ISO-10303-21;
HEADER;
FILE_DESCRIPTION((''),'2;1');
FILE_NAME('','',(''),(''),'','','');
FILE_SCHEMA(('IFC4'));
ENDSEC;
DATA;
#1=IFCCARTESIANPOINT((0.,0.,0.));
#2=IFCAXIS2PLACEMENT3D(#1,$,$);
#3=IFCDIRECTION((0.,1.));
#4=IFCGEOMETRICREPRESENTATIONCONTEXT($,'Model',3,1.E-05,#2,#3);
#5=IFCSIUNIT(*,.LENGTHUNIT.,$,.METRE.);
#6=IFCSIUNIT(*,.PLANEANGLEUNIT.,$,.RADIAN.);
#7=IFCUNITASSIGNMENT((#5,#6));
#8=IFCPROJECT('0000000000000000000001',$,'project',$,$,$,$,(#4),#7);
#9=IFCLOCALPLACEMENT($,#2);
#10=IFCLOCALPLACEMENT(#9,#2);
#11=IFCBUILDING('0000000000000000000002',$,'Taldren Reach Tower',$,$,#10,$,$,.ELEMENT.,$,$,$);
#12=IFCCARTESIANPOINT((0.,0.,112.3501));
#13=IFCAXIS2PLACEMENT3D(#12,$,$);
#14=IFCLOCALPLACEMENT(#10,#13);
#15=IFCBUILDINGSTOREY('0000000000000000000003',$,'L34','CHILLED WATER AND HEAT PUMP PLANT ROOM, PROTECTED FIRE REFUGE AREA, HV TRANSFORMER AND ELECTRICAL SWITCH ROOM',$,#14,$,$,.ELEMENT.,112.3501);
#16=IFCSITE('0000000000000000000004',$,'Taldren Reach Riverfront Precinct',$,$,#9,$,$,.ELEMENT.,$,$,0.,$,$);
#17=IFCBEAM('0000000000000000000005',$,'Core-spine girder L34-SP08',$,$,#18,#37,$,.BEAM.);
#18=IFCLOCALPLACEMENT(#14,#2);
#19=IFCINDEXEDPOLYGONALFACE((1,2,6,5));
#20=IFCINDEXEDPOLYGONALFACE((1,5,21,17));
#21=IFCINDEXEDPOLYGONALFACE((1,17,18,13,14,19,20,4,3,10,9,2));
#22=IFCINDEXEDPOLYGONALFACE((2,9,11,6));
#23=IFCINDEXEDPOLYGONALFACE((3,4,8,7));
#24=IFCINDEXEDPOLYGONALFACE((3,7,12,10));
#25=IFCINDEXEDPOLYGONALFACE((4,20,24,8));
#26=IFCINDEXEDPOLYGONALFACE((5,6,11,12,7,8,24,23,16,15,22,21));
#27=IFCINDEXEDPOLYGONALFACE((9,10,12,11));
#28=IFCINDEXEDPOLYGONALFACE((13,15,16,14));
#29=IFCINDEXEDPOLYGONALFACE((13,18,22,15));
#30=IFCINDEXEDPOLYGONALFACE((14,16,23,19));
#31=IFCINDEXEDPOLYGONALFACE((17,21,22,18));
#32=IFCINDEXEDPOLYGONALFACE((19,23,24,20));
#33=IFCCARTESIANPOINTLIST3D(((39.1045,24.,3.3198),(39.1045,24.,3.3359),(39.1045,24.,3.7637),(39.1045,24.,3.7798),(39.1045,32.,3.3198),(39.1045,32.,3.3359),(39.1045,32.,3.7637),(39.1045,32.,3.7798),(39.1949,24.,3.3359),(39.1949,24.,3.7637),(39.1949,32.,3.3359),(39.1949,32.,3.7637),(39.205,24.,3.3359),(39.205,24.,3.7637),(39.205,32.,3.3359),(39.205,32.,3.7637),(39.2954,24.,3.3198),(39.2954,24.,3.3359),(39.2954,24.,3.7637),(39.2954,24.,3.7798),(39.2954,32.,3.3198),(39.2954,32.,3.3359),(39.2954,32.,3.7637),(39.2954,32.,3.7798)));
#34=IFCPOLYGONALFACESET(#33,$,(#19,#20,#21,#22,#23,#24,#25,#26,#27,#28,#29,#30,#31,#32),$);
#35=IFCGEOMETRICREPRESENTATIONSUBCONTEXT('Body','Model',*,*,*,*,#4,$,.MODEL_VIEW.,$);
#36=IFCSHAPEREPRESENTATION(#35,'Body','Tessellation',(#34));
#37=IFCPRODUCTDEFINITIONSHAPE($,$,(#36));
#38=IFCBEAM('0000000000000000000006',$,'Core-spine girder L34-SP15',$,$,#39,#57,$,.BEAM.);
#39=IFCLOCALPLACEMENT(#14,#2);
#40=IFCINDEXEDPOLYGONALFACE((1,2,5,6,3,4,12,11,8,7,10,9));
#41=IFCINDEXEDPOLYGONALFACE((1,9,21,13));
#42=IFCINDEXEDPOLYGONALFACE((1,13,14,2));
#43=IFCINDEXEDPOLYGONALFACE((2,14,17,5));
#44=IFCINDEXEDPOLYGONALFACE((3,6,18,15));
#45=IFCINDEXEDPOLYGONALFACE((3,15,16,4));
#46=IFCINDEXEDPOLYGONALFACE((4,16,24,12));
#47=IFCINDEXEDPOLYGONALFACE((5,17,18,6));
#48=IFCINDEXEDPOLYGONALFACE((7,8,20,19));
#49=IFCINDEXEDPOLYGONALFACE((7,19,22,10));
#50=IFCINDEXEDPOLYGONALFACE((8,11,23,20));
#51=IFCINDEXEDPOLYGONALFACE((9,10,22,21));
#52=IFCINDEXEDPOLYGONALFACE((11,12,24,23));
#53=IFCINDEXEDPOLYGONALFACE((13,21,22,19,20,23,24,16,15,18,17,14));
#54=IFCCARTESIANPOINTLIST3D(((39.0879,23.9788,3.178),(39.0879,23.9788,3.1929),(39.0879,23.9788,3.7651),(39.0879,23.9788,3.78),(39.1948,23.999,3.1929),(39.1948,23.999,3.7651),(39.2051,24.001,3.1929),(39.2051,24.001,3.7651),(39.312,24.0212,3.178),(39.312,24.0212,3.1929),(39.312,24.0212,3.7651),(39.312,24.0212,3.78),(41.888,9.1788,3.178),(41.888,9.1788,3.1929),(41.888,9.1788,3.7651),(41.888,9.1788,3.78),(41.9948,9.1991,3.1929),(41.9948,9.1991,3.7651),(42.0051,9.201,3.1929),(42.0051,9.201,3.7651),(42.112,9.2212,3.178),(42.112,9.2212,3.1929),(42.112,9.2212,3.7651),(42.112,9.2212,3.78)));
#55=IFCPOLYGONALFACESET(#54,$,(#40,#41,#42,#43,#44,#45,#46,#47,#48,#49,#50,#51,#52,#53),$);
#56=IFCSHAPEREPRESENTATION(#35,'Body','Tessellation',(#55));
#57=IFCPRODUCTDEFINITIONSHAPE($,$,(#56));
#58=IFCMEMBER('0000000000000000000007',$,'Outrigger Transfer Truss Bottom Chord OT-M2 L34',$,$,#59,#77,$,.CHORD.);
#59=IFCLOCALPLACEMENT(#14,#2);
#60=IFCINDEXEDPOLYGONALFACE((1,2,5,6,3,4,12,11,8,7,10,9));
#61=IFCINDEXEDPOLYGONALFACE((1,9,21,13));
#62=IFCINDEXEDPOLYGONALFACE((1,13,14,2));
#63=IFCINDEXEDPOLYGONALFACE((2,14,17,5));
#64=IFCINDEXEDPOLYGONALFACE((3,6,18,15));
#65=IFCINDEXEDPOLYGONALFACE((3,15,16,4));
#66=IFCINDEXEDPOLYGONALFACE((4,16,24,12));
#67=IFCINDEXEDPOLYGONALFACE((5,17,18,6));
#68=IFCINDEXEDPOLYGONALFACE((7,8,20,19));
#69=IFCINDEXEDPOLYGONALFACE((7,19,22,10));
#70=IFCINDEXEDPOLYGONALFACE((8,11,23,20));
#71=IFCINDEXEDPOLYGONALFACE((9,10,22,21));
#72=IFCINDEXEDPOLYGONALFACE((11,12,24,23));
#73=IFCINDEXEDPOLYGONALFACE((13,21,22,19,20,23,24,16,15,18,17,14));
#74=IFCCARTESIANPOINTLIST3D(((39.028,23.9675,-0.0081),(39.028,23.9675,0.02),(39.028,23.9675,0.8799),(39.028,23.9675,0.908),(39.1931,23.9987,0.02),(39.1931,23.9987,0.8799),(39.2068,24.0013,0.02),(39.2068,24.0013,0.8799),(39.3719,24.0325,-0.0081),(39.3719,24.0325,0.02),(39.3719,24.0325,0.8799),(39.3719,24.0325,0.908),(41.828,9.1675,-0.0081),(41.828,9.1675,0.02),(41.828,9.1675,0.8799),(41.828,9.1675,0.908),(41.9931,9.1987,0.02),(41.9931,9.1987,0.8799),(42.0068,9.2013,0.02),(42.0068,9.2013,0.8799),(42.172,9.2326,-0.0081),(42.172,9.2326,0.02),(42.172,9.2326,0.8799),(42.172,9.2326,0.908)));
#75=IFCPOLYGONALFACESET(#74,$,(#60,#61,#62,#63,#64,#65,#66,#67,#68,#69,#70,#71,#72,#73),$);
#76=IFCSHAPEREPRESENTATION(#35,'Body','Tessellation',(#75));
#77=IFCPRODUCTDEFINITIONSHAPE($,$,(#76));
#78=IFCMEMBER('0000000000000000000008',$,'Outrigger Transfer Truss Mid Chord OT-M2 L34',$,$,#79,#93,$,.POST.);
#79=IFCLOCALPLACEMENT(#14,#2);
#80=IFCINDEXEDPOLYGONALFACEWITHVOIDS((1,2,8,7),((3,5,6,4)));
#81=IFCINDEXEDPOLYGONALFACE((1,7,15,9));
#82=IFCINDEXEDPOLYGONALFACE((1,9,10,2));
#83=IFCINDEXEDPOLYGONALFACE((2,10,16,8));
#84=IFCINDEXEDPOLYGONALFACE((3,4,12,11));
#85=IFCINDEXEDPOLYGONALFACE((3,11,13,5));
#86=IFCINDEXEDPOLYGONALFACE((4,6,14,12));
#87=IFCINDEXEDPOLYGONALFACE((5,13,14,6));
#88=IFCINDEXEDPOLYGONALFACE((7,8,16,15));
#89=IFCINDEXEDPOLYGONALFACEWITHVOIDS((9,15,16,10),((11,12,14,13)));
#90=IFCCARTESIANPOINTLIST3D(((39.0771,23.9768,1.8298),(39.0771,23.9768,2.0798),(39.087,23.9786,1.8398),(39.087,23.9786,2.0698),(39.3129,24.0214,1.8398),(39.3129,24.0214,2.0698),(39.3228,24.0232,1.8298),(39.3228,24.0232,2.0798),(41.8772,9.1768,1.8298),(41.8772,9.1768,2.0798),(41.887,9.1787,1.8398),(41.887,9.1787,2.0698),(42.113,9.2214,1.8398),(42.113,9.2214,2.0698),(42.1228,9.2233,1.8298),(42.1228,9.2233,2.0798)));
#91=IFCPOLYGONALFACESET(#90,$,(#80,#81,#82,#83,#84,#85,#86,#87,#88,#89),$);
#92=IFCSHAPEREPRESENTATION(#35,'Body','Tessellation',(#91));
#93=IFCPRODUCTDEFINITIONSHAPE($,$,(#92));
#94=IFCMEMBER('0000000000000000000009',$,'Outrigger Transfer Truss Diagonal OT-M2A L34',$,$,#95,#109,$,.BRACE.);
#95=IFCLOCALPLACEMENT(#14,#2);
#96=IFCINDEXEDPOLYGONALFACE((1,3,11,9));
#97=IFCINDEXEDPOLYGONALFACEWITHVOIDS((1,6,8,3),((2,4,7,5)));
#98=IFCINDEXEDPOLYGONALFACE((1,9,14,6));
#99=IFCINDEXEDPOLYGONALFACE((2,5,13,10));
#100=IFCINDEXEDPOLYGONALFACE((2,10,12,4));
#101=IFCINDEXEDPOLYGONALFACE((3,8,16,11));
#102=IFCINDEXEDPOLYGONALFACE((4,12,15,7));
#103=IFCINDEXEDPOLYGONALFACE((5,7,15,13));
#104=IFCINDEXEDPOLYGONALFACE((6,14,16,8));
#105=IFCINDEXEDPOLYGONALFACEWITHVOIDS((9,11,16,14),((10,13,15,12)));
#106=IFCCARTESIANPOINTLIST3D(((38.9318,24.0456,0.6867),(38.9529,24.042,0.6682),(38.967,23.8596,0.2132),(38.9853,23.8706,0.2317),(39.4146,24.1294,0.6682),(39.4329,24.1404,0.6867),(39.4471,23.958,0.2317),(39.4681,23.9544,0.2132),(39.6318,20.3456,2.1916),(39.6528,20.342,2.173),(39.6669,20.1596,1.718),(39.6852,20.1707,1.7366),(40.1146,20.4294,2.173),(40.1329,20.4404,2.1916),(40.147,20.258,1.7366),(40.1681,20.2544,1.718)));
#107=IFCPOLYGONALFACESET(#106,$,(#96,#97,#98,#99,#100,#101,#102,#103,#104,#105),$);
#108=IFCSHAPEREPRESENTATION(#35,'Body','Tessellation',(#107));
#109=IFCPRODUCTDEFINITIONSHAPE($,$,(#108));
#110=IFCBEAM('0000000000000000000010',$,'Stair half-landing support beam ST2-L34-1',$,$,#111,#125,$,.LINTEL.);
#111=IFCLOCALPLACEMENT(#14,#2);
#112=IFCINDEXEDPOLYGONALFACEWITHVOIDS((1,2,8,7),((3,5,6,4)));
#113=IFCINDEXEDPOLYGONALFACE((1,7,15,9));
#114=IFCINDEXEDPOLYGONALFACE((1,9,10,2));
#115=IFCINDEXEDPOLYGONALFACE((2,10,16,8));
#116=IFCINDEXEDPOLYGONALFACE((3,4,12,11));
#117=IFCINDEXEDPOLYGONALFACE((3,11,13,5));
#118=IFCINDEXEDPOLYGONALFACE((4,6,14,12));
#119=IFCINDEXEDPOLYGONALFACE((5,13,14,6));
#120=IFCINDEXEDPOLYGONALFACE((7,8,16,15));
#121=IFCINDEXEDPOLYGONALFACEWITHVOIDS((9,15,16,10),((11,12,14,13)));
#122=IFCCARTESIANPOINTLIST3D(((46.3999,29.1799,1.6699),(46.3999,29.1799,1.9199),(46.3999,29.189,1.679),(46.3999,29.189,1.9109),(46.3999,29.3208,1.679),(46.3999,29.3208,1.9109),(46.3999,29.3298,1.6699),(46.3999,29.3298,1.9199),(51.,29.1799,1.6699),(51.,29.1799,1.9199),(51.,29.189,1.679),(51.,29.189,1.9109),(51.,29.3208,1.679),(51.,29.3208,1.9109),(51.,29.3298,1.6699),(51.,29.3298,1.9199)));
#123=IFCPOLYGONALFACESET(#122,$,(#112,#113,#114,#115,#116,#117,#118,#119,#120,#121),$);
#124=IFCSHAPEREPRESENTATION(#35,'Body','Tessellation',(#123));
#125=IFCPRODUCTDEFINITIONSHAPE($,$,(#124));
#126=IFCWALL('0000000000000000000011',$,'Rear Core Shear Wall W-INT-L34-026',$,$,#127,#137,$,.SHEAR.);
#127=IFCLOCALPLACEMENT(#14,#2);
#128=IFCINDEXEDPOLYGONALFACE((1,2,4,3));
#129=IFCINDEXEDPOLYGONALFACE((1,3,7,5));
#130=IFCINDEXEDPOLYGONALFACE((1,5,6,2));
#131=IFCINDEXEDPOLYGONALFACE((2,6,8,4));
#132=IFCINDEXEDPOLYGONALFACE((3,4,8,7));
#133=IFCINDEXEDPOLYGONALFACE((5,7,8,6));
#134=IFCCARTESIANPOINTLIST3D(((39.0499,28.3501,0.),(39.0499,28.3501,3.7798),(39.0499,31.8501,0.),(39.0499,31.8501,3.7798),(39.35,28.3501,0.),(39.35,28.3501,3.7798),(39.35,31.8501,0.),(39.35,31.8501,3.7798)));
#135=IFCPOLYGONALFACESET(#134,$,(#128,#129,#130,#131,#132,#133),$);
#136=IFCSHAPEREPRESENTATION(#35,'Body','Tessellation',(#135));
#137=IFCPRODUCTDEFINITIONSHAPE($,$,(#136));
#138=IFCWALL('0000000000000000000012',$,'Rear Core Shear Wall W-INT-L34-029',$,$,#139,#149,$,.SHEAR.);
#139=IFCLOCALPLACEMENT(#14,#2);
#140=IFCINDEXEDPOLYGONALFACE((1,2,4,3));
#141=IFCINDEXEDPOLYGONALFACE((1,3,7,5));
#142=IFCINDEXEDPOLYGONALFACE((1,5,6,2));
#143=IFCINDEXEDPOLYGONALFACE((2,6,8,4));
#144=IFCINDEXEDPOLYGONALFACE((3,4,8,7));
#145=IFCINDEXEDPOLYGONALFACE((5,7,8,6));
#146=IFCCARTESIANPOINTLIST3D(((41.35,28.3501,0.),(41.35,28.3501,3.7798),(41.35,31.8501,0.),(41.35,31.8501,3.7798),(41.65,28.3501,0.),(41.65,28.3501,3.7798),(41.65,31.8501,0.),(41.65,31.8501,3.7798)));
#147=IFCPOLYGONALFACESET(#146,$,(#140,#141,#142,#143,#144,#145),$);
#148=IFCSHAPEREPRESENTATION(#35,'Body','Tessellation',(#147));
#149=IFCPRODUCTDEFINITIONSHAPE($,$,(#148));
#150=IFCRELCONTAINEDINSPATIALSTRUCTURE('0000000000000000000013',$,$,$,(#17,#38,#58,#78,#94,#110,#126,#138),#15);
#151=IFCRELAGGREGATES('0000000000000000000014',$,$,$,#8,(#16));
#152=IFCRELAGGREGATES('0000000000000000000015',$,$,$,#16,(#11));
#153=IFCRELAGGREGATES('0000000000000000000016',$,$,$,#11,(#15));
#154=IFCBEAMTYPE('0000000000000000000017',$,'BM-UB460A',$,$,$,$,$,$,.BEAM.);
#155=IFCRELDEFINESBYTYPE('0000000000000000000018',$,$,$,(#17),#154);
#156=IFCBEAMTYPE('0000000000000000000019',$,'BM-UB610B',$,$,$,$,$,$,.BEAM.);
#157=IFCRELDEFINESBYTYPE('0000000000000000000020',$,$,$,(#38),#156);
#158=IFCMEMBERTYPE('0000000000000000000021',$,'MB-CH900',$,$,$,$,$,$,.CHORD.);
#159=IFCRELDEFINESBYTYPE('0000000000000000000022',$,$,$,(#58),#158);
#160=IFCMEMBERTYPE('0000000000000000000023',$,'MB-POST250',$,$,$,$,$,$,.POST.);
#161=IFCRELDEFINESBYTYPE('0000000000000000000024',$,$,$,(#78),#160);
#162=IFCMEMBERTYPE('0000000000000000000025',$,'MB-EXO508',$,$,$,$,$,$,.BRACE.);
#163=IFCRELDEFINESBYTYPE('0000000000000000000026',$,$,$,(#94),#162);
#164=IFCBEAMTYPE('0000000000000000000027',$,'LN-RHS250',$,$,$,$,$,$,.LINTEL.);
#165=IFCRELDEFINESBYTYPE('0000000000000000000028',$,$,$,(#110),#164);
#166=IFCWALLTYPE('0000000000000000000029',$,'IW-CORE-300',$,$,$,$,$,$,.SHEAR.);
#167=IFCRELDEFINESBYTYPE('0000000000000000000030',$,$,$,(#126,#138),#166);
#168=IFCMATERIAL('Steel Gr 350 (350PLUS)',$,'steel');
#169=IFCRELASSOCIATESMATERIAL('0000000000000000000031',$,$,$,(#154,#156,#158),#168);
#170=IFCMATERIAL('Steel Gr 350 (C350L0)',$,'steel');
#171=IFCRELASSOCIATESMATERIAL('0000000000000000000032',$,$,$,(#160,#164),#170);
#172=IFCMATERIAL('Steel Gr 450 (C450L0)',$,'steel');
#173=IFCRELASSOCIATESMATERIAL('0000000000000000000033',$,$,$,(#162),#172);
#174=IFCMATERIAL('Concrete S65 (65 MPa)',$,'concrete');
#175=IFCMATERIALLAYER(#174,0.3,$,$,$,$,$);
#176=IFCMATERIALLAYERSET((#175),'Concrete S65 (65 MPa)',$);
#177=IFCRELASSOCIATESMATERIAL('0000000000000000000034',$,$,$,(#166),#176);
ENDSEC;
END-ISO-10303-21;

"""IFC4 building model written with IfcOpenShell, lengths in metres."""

from ifc_helpers import new_model, si_unit, direction, frame, frame_2d, origin, origin_2d, place, context, subcontext, project, spatial, rectangle, hollow_rectangle, i_section, extrude, source, transform, mapped, material, layer, layer_set, material_profile, profile_set, type_object, element, save


model = new_model("IFC4")

# Units and contexts
model_context = context("Model", 3, precision=1e-05, world=origin(), true_north=direction((0.0, 1.0)))
body_context = subcontext(model_context, "Body", "Model", "MODEL_VIEW")
ifc_project = project(units=[si_unit("LENGTHUNIT", "METRE"), si_unit("PLANEANGLEUNIT", "RADIAN")], contexts=[model_context])

# Site, building, storey
site_placement = place(None, origin())
site = spatial("IfcSite", under=ifc_project, at=site_placement, Name="Taldren Reach Riverfront Precinct", CompositionType="ELEMENT", RefElevation=0.0)
building_placement = place(site_placement, origin())
building = spatial("IfcBuilding", under=site, at=building_placement, Name="Taldren Reach Tower", CompositionType="ELEMENT")
storey_placement = place(building_placement, frame((0.0, 0.0, 112.3501)))
storey = spatial("IfcBuildingStorey", under=building, at=storey_placement, Name="L34", Description="CHILLED WATER AND HEAT PUMP PLANT ROOM, PROTECTED FIRE REFUGE AREA, HV TRANSFORMER AND ELECTRICAL SWITCH ROOM", CompositionType="ELEMENT", Elevation=112.3501)

# Beams
ifc_material_1 = material(Name="Steel Gr 350 (350PLUS)", Category="steel")
ifc_material_profile_1 = material_profile(ifc_material_1, i_section(OverallWidth=0.1909, OverallDepth=0.46, WebThickness=0.01, FlangeThickness=0.0161, at=origin_2d()), Name="460UB82.1")
ifc_profile_set_1 = profile_set([ifc_material_profile_1], Name="Steel Gr 350 (350PLUS)")
beam_type_1 = type_object("IfcBeamType", Name="BM-UB460A", PredefinedType="BEAM", material=ifc_profile_set_1)
shared_shape_1 = source(origin(), body_context, "Body", "SweptSolid", [
    extrude(i_section(OverallWidth=0.1909, OverallDepth=0.46, WebThickness=0.01, FlangeThickness=0.0161, at=origin_2d()), origin(), (0.0, 0.0, 1.0), 8.0),
])
beam_1_placement = place(storey_placement, frame((39.2, 24.0, 3.5498), z_axis=(0.0, 1.0, 0.0), x_axis=(-1.0, 0.0, 0.0)))
element("IfcBeam", 1, at=beam_1_placement, inside=storey, type_object=beam_type_1, Name="Core-spine girder L34-SP08", PredefinedType="BEAM", context=body_context, shape_type="MappedRepresentation", body=[
    mapped(shared_shape_1, transform((0.0, 0.0, 0.0), scale=1.0)),
])
ifc_material_profile_2 = material_profile(ifc_material_1, i_section(OverallWidth=0.228, OverallDepth=0.6021, WebThickness=0.0105, FlangeThickness=0.0149, at=origin_2d()), Name="610UB101")
ifc_profile_set_2 = profile_set([ifc_material_profile_2], Name="Steel Gr 350 (350PLUS)")
beam_type_2 = type_object("IfcBeamType", Name="BM-UB610B", PredefinedType="BEAM", material=ifc_profile_set_2)
shared_shape_2 = source(origin(), body_context, "Body", "SweptSolid", [
    extrude(i_section(OverallWidth=0.228, OverallDepth=0.6021, WebThickness=0.0105, FlangeThickness=0.0149, at=origin_2d()), origin(), (0.0, 0.0, 1.0), 15.0625),
])
beam_2_placement = place(storey_placement, frame((39.2, 24.0, 3.479), z_axis=(0.185894, -0.98257, 0.0), x_axis=(0.98257, 0.185894, 0.0)))
element("IfcBeam", 2, at=beam_2_placement, inside=storey, type_object=beam_type_2, Name="Core-spine girder L34-SP15", PredefinedType="BEAM", context=body_context, shape_type="MappedRepresentation", body=[
    mapped(shared_shape_2, transform((0.0, 0.0, 0.0), scale=1.0)),
])

# Members
ifc_material_profile_3 = material_profile(ifc_material_1, i_section(OverallWidth=0.3501, OverallDepth=0.916, WebThickness=0.0139, FlangeThickness=0.0281, at=origin_2d()), Name="900WB257")
ifc_profile_set_3 = profile_set([ifc_material_profile_3], Name="Steel Gr 350 (350PLUS)")
member_type_1 = type_object("IfcMemberType", Name="MB-CH900", PredefinedType="CHORD", material=ifc_profile_set_3)
shared_shape_3 = source(origin(), body_context, "Body", "SweptSolid", [
    extrude(i_section(OverallWidth=0.3501, OverallDepth=0.916, WebThickness=0.0139, FlangeThickness=0.0281, at=origin_2d()), origin(), (0.0, 0.0, 1.0), 15.0625),
])
member_1_placement = place(storey_placement, frame((39.2, 24.0, 0.45), z_axis=(0.185894, -0.98257, 0.0), x_axis=(0.98257, 0.185894, 0.0)))
element("IfcMember", 3, at=member_1_placement, inside=storey, type_object=member_type_1, Name="Outrigger Transfer Truss Bottom Chord OT-M2 L34", PredefinedType="CHORD", context=body_context, shape_type="MappedRepresentation", body=[
    mapped(shared_shape_3, transform((0.0, 0.0, 0.0), scale=1.0)),
])
ifc_material_2 = material(Name="Steel Gr 350 (C350L0)", Category="steel")
ifc_material_profile_4 = material_profile(ifc_material_2, hollow_rectangle(XDim=0.25, YDim=0.25, WallThickness=0.01, at=origin_2d()), Name="250x250x10.0SHS")
ifc_profile_set_4 = profile_set([ifc_material_profile_4], Name="Steel Gr 350 (C350L0)")
member_type_2 = type_object("IfcMemberType", Name="MB-POST250", PredefinedType="POST", material=ifc_profile_set_4)
shared_shape_4 = source(origin(), body_context, "Body", "SweptSolid", [
    extrude(hollow_rectangle(XDim=0.25, YDim=0.25, WallThickness=0.01, at=origin_2d()), origin(), (0.0, 0.0, 1.0), 15.0625),
])
member_2_placement = place(storey_placement, frame((39.2, 24.0, 1.9548), z_axis=(0.185894, -0.98257, 0.0), x_axis=(0.98257, 0.185894, 0.0)))
element("IfcMember", 4, at=member_2_placement, inside=storey, type_object=member_type_2, Name="Outrigger Transfer Truss Mid Chord OT-M2 L34", PredefinedType="POST", context=body_context, shape_type="MappedRepresentation", body=[
    mapped(shared_shape_4, transform((0.0, 0.0, 0.0), scale=1.0)),
])
ifc_material_3 = material(Name="Steel Gr 450 (C450L0)", Category="steel")
ifc_material_profile_5 = material_profile(ifc_material_3, hollow_rectangle(XDim=0.51, YDim=0.51, WallThickness=0.02, at=origin_2d()), Name="510x510x20.0SHS")
ifc_profile_set_5 = profile_set([ifc_material_profile_5], Name="Steel Gr 450 (C450L0)")
member_type_3 = type_object("IfcMemberType", Name="MB-EXO508", PredefinedType="BRACE", material=ifc_profile_set_5)
shared_shape_5 = source(origin(), body_context, "Body", "SweptSolid", [
    extrude(hollow_rectangle(XDim=0.51, YDim=0.51, WallThickness=0.02, at=origin_2d()), origin(), (0.0, 0.0, 1.0), 4.0552),
])
member_3_placement = place(storey_placement, frame((39.2, 24.0, 0.45), z_axis=(0.172608, -0.912408, 0.371104), x_axis=(0.982572, 0.185882, 0.0)))
element("IfcMember", 5, at=member_3_placement, inside=storey, type_object=member_type_3, Name="Outrigger Transfer Truss Diagonal OT-M2A L34", PredefinedType="BRACE", context=body_context, shape_type="MappedRepresentation", body=[
    mapped(shared_shape_5, transform((0.0, 0.0, 0.0), scale=1.0)),
])

# Beam
ifc_material_profile_6 = material_profile(ifc_material_2, hollow_rectangle(XDim=0.1499, YDim=0.25, WallThickness=0.009, at=origin_2d()), Name="250x150x9.0RHS")
ifc_profile_set_6 = profile_set([ifc_material_profile_6], Name="Steel Gr 350 (C350L0)")
beam_type_3 = type_object("IfcBeamType", Name="LN-RHS250", PredefinedType="LINTEL", material=ifc_profile_set_6)
shared_shape_6 = source(origin(), body_context, "Body", "SweptSolid", [
    extrude(hollow_rectangle(XDim=0.1499, YDim=0.25, WallThickness=0.009, at=origin_2d()), origin(), (0.0, 0.0, 1.0), 4.6001),
])
beam_3_placement = place(storey_placement, frame((46.3999, 29.2549, 1.7949), z_axis=(1.0, 0.0, 0.0), x_axis=(0.0, 1.0, 0.0)))
element("IfcBeam", 6, at=beam_3_placement, inside=storey, type_object=beam_type_3, Name="Stair half-landing support beam ST2-L34-1", PredefinedType="LINTEL", context=body_context, shape_type="MappedRepresentation", body=[
    mapped(shared_shape_6, transform((0.0, 0.0, 0.0), scale=1.0)),
])

# Walls
ifc_material_4 = material(Name="Concrete S65 (65 MPa)", Category="concrete")
ifc_layer_1 = layer(ifc_material_4, 0.3)
ifc_layer_set_1 = layer_set([ifc_layer_1], Name="Concrete S65 (65 MPa)")
wall_type_1 = type_object("IfcWallType", Name="IW-CORE-300", PredefinedType="SHEAR", material=ifc_layer_set_1)
shared_shape_7 = source(origin(), body_context, "Body", "SweptSolid", [
    extrude(rectangle(XDim=3.5, YDim=0.3, at=frame_2d((1.75, 0.0))), origin(), (0.0, 0.0, 1.0), 3.7798),
])
for number, where, z_axis, x_axis, name in (
    (7, (39.2, 28.3501, 0.0), (0.0, 0.0, 1.0), (0.0, 1.0, 0.0), "Rear Core Shear Wall W-INT-L34-026"),
    (8, (41.5, 28.3501, 0.0), (0.0, 0.0, 1.0), (0.0, 1.0, 0.0), "Rear Core Shear Wall W-INT-L34-029"),
):
    element("IfcWall", number, at=place(storey_placement, frame(where, z_axis=z_axis, x_axis=x_axis)), inside=storey, type_object=wall_type_1, Name=name, PredefinedType="SHEAR", context=body_context, shape_type="MappedRepresentation", body=[
        mapped(shared_shape_7, transform((0.0, 0.0, 0.0), scale=1.0)),
    ])

save(model, "model.ifc")
